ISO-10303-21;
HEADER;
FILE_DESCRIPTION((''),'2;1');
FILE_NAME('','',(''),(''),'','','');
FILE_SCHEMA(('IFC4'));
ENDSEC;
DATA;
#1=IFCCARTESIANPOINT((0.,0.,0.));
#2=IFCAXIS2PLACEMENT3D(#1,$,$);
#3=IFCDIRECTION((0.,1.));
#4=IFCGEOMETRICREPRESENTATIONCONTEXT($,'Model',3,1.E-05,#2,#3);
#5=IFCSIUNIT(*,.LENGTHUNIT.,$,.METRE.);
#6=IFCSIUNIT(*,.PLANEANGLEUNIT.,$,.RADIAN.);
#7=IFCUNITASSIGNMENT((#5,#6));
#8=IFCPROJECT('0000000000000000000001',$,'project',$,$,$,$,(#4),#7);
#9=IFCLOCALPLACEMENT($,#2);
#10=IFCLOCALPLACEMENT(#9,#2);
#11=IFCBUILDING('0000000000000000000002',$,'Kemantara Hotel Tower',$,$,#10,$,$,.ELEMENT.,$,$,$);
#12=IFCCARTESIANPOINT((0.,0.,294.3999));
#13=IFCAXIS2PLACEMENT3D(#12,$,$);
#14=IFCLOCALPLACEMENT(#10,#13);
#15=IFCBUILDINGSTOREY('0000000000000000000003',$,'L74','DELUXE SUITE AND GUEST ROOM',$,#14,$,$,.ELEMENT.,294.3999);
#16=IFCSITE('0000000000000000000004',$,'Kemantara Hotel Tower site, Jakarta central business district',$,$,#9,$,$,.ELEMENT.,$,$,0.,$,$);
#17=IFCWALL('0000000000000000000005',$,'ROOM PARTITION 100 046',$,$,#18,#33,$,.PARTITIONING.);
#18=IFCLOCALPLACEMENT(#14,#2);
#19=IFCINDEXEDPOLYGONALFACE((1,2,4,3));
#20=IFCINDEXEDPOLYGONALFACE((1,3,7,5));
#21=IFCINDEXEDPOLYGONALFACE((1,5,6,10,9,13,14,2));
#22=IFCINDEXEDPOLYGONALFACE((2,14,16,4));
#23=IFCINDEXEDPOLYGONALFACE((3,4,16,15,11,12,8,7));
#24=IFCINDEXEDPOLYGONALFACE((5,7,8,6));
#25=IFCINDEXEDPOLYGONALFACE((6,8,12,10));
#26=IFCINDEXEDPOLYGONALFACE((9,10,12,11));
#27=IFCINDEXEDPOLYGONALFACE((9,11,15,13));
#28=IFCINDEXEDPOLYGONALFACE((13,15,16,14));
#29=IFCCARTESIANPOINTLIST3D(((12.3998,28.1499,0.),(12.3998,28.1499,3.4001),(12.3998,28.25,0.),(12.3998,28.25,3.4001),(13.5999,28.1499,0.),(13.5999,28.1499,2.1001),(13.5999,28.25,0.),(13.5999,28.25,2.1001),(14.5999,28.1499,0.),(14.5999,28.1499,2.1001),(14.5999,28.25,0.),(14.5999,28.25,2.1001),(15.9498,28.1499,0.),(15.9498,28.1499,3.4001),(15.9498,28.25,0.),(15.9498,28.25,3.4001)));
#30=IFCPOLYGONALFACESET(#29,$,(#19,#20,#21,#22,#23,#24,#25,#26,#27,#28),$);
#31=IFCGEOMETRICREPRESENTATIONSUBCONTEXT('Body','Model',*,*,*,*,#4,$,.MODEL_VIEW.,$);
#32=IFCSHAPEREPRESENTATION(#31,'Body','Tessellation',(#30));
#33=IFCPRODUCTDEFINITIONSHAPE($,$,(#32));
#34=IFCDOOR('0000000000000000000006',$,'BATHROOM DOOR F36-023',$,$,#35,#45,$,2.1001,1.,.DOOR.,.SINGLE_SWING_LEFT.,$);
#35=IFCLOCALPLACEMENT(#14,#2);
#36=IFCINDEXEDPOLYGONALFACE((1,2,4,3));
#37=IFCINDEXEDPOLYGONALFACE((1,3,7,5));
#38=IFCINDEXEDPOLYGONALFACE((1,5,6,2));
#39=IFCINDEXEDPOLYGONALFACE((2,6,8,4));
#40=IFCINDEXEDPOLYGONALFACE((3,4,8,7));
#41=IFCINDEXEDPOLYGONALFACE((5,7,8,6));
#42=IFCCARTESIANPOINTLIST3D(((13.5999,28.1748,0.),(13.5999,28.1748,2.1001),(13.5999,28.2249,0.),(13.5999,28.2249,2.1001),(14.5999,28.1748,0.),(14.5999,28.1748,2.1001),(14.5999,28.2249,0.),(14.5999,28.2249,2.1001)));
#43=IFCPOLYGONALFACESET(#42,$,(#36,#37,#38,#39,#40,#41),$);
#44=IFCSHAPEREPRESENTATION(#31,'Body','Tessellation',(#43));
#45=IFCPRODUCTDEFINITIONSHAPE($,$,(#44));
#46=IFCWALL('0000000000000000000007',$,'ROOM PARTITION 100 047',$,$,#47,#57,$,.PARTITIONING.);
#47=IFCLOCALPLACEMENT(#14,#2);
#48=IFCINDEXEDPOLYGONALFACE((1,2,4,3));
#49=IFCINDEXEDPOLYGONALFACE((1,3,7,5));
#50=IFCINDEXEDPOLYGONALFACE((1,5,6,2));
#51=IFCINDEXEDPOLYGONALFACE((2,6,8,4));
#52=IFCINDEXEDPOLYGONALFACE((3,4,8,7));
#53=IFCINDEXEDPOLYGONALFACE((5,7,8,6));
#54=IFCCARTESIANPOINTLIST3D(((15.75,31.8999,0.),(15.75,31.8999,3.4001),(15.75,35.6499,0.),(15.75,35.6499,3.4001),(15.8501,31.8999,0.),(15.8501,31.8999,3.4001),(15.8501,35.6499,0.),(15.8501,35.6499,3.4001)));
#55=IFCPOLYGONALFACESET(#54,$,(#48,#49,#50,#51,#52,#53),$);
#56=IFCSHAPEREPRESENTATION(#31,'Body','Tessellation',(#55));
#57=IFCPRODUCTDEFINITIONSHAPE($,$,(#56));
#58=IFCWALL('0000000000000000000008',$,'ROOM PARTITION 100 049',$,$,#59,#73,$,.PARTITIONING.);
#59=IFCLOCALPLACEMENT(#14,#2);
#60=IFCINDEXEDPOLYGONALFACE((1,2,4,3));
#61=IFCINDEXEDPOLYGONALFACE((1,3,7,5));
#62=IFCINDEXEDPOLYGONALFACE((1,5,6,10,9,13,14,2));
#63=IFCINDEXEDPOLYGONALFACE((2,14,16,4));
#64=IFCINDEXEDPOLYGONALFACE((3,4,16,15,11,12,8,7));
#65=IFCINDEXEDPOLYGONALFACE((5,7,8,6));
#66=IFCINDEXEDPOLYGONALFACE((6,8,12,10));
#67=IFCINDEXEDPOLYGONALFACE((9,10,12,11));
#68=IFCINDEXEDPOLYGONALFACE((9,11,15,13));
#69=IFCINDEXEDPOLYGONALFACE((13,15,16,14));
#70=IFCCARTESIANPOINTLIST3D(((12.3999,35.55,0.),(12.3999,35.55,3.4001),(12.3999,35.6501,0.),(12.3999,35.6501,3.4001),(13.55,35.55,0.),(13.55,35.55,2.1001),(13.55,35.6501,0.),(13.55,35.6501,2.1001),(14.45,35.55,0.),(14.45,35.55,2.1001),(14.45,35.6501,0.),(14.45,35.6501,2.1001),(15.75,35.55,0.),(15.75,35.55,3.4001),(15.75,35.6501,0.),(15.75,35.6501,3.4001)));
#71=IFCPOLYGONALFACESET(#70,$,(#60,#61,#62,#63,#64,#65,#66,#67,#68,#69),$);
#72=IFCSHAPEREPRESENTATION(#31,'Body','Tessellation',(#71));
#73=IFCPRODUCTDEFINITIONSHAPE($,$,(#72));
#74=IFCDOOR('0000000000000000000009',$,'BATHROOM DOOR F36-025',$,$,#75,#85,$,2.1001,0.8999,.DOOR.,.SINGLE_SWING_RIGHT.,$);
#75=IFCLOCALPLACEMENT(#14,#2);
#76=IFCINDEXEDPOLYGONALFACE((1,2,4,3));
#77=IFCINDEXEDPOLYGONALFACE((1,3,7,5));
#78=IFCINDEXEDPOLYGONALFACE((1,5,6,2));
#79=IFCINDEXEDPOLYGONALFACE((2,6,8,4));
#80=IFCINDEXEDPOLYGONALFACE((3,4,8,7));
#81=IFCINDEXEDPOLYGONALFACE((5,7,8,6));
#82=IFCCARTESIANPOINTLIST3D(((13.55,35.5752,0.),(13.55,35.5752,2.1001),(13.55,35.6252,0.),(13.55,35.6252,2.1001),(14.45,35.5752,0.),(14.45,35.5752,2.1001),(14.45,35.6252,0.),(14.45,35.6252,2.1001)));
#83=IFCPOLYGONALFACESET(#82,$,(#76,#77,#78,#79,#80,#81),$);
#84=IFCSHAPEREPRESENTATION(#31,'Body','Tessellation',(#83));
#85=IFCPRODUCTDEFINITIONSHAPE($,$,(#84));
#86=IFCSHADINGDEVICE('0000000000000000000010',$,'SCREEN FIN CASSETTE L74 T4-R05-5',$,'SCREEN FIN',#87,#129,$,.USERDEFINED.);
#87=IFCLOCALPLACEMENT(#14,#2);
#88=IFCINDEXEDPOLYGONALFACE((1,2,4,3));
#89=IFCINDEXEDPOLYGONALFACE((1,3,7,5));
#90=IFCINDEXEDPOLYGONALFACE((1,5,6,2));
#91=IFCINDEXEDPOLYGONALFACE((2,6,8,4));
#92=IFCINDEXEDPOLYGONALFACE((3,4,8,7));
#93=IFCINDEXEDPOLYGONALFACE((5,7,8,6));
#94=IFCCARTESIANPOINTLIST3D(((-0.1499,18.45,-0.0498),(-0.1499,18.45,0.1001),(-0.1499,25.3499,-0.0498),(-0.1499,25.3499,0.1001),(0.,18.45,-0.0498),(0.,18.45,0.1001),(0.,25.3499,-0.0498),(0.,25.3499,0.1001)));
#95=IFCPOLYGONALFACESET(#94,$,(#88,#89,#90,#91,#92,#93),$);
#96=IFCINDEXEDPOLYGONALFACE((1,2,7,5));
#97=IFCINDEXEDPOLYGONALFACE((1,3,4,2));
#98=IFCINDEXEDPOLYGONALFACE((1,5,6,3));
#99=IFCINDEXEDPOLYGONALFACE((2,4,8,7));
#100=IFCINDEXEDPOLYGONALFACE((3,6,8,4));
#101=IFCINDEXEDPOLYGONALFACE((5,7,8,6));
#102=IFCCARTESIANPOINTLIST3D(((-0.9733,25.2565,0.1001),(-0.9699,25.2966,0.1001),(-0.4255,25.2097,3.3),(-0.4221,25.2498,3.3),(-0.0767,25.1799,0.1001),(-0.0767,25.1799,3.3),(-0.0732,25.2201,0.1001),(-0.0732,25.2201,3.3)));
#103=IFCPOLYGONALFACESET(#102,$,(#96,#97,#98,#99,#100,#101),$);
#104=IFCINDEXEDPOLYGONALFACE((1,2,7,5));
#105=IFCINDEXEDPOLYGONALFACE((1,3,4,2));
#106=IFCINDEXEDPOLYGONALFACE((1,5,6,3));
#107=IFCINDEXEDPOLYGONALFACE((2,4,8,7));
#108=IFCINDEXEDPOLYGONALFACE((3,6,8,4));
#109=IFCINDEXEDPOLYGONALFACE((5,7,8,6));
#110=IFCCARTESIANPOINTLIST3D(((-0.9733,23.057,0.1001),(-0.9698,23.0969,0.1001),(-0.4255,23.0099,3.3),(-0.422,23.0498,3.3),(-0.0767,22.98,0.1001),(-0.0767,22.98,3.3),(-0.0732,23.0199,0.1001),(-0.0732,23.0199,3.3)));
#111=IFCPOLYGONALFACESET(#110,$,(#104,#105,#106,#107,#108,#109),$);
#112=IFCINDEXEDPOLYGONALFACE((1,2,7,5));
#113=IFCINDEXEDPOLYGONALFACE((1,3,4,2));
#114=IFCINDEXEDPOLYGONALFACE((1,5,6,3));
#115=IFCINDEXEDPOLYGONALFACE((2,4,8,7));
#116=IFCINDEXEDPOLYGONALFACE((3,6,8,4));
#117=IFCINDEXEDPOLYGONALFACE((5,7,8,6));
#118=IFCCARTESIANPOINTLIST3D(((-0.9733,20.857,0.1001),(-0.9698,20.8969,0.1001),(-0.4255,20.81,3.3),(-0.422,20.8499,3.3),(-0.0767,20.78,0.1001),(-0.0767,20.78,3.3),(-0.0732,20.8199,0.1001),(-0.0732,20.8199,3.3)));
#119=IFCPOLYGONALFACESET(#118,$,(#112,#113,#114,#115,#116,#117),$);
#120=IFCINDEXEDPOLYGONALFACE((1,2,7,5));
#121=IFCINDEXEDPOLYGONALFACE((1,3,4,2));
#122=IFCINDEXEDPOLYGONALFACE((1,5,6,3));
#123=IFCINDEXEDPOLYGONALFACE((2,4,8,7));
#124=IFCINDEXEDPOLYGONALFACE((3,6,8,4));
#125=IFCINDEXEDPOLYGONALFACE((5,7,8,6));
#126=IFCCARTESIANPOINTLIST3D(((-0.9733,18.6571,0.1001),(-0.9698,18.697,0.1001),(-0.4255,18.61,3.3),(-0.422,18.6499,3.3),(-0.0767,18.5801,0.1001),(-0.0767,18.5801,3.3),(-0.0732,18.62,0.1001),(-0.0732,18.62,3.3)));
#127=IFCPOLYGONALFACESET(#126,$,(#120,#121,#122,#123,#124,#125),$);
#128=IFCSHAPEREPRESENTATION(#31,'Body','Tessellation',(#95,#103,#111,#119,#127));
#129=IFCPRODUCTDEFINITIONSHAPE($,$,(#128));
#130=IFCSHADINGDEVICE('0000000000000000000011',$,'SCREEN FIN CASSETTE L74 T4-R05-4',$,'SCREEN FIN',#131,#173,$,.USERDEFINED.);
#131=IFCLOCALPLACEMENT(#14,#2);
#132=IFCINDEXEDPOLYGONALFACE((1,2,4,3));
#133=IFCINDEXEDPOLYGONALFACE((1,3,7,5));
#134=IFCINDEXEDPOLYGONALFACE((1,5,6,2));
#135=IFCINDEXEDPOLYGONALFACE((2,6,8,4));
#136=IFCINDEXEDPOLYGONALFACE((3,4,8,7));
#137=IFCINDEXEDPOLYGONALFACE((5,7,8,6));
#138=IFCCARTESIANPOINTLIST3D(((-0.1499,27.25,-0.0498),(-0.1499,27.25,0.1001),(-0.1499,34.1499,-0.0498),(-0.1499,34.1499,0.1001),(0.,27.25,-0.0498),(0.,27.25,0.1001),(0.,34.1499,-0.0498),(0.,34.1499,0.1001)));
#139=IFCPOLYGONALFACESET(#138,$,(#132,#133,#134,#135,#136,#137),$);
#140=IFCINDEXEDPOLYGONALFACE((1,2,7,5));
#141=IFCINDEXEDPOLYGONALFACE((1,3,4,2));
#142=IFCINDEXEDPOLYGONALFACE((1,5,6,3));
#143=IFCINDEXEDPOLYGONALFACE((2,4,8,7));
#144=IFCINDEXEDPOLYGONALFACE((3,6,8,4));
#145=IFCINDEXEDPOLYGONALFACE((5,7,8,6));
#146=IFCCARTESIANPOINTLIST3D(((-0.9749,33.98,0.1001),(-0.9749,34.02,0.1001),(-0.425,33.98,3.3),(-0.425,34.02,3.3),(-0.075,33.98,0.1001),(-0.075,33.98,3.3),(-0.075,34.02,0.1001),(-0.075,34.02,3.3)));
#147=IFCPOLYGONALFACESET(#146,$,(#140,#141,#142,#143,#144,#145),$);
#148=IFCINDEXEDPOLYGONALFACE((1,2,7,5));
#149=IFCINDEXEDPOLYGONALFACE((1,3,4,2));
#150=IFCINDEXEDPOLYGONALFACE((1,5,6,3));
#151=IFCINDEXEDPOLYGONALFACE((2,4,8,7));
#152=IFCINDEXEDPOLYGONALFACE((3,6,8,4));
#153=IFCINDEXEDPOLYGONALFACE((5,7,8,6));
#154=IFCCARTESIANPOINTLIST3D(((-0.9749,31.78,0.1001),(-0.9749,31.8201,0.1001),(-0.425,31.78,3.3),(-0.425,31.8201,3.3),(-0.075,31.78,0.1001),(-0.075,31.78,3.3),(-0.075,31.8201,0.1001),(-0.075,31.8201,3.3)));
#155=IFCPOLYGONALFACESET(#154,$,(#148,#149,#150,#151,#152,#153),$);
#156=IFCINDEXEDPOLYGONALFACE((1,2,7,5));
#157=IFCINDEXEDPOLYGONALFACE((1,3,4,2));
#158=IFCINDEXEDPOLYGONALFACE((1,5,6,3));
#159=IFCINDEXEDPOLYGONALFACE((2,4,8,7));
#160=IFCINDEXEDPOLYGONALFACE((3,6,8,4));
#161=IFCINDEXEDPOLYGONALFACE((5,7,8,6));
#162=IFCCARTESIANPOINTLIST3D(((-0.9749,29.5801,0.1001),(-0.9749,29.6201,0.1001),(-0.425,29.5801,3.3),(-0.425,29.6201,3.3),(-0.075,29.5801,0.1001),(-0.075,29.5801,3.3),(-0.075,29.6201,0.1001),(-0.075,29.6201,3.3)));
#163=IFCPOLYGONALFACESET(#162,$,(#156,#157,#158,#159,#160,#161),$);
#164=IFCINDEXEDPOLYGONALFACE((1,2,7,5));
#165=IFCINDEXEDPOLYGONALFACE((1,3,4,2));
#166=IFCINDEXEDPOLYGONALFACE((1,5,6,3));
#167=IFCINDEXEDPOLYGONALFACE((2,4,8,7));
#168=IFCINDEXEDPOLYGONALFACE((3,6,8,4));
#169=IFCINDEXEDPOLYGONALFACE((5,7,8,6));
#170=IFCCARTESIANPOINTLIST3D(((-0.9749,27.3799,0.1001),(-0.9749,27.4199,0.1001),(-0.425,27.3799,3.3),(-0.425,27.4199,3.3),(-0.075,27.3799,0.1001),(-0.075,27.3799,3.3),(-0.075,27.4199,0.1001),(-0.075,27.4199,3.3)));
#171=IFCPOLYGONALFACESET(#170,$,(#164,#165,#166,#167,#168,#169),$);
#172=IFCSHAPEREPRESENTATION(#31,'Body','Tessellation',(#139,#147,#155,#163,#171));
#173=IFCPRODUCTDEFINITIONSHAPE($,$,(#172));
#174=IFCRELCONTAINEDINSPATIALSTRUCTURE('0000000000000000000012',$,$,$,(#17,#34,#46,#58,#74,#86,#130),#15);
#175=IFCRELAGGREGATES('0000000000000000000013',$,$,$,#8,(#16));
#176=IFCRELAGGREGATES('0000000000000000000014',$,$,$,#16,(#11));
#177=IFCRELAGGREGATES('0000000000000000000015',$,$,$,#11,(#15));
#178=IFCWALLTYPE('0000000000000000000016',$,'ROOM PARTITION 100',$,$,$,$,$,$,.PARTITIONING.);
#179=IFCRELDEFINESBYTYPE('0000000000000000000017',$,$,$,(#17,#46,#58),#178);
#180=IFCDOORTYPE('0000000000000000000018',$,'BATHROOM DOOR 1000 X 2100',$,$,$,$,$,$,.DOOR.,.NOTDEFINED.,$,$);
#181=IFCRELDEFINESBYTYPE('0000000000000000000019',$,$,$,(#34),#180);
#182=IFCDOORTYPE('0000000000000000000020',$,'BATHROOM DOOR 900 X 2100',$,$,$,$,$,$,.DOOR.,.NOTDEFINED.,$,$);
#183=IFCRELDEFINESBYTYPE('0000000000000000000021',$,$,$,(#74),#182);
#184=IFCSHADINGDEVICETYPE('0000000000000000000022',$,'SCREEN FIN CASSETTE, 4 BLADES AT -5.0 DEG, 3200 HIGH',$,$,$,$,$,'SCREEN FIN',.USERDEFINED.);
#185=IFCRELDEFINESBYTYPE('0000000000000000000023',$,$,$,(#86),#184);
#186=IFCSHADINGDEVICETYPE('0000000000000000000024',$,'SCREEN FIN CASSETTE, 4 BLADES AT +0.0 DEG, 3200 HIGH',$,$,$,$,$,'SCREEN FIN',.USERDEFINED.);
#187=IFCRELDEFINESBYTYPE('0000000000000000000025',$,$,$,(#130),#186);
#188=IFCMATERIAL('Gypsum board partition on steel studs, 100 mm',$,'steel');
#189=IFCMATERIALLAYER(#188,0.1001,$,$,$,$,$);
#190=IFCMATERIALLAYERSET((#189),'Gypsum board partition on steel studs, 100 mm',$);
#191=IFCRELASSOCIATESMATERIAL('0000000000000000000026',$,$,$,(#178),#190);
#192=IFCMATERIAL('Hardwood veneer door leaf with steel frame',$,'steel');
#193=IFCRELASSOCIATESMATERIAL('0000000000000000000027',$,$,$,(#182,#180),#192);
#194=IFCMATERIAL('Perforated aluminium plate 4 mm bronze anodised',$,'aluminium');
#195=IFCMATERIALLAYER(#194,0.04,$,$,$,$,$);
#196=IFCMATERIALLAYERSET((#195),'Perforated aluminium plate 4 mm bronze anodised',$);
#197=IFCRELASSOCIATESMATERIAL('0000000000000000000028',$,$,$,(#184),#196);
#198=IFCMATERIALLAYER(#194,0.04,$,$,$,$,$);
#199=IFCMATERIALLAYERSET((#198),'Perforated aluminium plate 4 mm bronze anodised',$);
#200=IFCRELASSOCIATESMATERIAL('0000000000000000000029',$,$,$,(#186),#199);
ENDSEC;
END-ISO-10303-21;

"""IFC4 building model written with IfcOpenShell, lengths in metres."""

from ifc_helpers import new_model, si_unit, direction, frame, frame_2d, origin, origin_2d, place, context, subcontext, project, spatial, polyline, rectangle, outline, extrude, source, transform, mapped, material, layer, layer_set, type_object, element, fill, save


model = new_model("IFC4")

# Units and contexts
model_context = context("Model", 3, precision=1e-05, world=origin(), true_north=direction((0.0, 1.0)))
body_context = subcontext(model_context, "Body", "Model", "MODEL_VIEW")
ifc_project = project(units=[si_unit("LENGTHUNIT", "METRE"), si_unit("PLANEANGLEUNIT", "RADIAN")], contexts=[model_context])

# Site, building, storey
site_placement = place(None, origin())
site = spatial("IfcSite", under=ifc_project, at=site_placement, Name="Kemantara Hotel Tower site, Jakarta central business district", CompositionType="ELEMENT", RefElevation=0.0)
building_placement = place(site_placement, origin())
building = spatial("IfcBuilding", under=site, at=building_placement, Name="Kemantara Hotel Tower", CompositionType="ELEMENT")
storey_placement = place(building_placement, frame((0.0, 0.0, 294.3999)))
storey = spatial("IfcBuildingStorey", under=building, at=storey_placement, Name="L74", Description="DELUXE SUITE AND GUEST ROOM", CompositionType="ELEMENT", Elevation=294.3999)

# Shared definitions
ifc_material_1 = material(Name="Hardwood veneer door leaf with steel frame", Category="steel")

# Wall, opening, door
ifc_material_2 = material(Name="Gypsum board partition on steel studs, 100 mm", Category="steel")
ifc_layer_1 = layer(ifc_material_2, 0.1001)
ifc_layer_set_1 = layer_set([ifc_layer_1], Name="Gypsum board partition on steel studs, 100 mm")
wall_type_1 = type_object("IfcWallType", Name="ROOM PARTITION 100", PredefinedType="PARTITIONING", material=ifc_layer_set_1)
door_type_1 = type_object("IfcDoorType", Name="BATHROOM DOOR 900 X 2100", OperationType="NOTDEFINED", PredefinedType="DOOR", material=ifc_material_1)
wall_1_placement = place(storey_placement, frame((12.3999, 28.2, 0.0), z_axis=(0.0, 0.0, 1.0), x_axis=(1.0, 0.0, 0.0)))
wall_1 = element("IfcWall", 1, at=wall_1_placement, inside=storey, type_object=wall_type_1, Name="ROOM PARTITION 100 046", PredefinedType="PARTITIONING", context=body_context, shape_type="SweptSolid", body=[
    extrude(rectangle(XDim=3.55, YDim=0.1001, at=frame_2d((1.7749, 0.0))), origin(), (0.0, 0.0, 1.0), 3.4001),
])
opening_1_placement = place(wall_1_placement, frame((1.2, 0.0, 0.0)))
opening_1 = element("IfcOpeningElement", 2, at=opening_1_placement, cuts=wall_1, PredefinedType="OPENING", context=body_context, shape_type="SweptSolid", body=[
    extrude(rectangle(XDim=1.0, YDim=2.1001, at=frame_2d((0.5, 1.05))), frame((0.0, 0.0601, 0.0), z_axis=(0.0, -1.0, 0.0), x_axis=(1.0, 0.0, 0.0)), (0.0, 0.0, 1.0), 0.1201),
])
door_type_2 = type_object("IfcDoorType", Name="BATHROOM DOOR 1000 X 2100", OperationType="NOTDEFINED", PredefinedType="DOOR", material=ifc_material_1)
door_1_placement = place(opening_1_placement, origin())
door_1 = element("IfcDoor", 3, at=door_1_placement, inside=storey, type_object=door_type_2, Name="BATHROOM DOOR F36-023", OperationType="SINGLE_SWING_LEFT", OverallHeight=2.1001, OverallWidth=1.0, PredefinedType="DOOR", context=body_context, shape_type="SweptSolid", body=[
    extrude(rectangle(XDim=1.0, YDim=2.1001, at=frame_2d((0.5, 1.05))), frame((0.0, 0.0249, 0.0), z_axis=(0.0, -1.0, 0.0), x_axis=(1.0, 0.0, 0.0)), (0.0, 0.0, 1.0), 0.05),
])
fill(opening_1, door_1)

# Wall
wall_2_placement = place(storey_placement, frame((15.8, 31.8999, 0.0), z_axis=(0.0, 0.0, 1.0), x_axis=(0.0, 1.0, 0.0)))
element("IfcWall", 4, at=wall_2_placement, inside=storey, type_object=wall_type_1, Name="ROOM PARTITION 100 047", PredefinedType="PARTITIONING", context=body_context, shape_type="SweptSolid", body=[
    extrude(rectangle(XDim=3.75, YDim=0.1001, at=frame_2d((1.875, 0.0))), origin(), (0.0, 0.0, 1.0), 3.4001),
])

# Wall, opening, door
wall_3_placement = place(storey_placement, frame((15.75, 35.6001, 0.0), z_axis=(0.0, 0.0, 1.0), x_axis=(-1.0, 0.0, 0.0)))
wall_3 = element("IfcWall", 5, at=wall_3_placement, inside=storey, type_object=wall_type_1, Name="ROOM PARTITION 100 049", PredefinedType="PARTITIONING", context=body_context, shape_type="SweptSolid", body=[
    extrude(rectangle(XDim=3.3501, YDim=0.1001, at=frame_2d((1.675, 0.0))), origin(), (0.0, 0.0, 1.0), 3.4001),
])
opening_2_placement = place(wall_3_placement, frame((1.3, 0.0, 0.0)))
opening_2 = element("IfcOpeningElement", 6, at=opening_2_placement, cuts=wall_3, PredefinedType="OPENING", context=body_context, shape_type="SweptSolid", body=[
    extrude(rectangle(XDim=0.8999, YDim=2.1001, at=frame_2d((0.45, 1.05))), frame((0.0, 0.0601, 0.0), z_axis=(0.0, -1.0, 0.0), x_axis=(1.0, 0.0, 0.0)), (0.0, 0.0, 1.0), 0.1201),
])
door_2_placement = place(opening_2_placement, origin())
door_2 = element("IfcDoor", 7, at=door_2_placement, inside=storey, type_object=door_type_1, Name="BATHROOM DOOR F36-025", OperationType="SINGLE_SWING_RIGHT", OverallHeight=2.1001, OverallWidth=0.8999, PredefinedType="DOOR", context=body_context, shape_type="SweptSolid", body=[
    extrude(rectangle(XDim=0.8999, YDim=2.1001, at=frame_2d((0.45, 1.05))), frame((0.0, 0.0249, 0.0), z_axis=(0.0, -1.0, 0.0), x_axis=(1.0, 0.0, 0.0)), (0.0, 0.0, 1.0), 0.05),
])
fill(opening_2, door_2)

# Shading devices
ifc_material_3 = material(Name="Perforated aluminium plate 4 mm bronze anodised", Category="aluminium")
ifc_layer_2 = layer(ifc_material_3, 0.04)
ifc_layer_set_2 = layer_set([ifc_layer_2], Name="Perforated aluminium plate 4 mm bronze anodised")
shading_device_type_1 = type_object("IfcShadingDeviceType", Name="SCREEN FIN CASSETTE, 4 BLADES AT -5.0 DEG, 3200 HIGH", ElementType="SCREEN FIN", PredefinedType="USERDEFINED", material=ifc_layer_set_2)
shared_shape_1 = source(origin(), body_context, "Body", "SweptSolid", [
    extrude(rectangle(XDim=6.8999, YDim=0.1499, at=origin_2d()), frame((3.3, -0.075, -0.1499), z_axis=(0.0, 0.0, 1.0), x_axis=(1.0, 0.0, 0.0)), (0.0, 0.0, 1.0), 0.1499),
    extrude(outline(polyline([(0.0, 0.0), (0.8999, 0.0), (0.3501, 3.2), (0.0, 3.2), (0.0, 0.0)])), frame((0.02, -0.0767, 0.0), z_axis=(-0.996376, 0.085056, 0.0), x_axis=(-0.085056, -0.996376, 0.0)), (0.0, 0.0, 1.0), 0.0403),
    extrude(outline(polyline([(0.0, 0.0), (0.8999, 0.0), (0.3501, 3.2), (0.0, 3.2), (0.0, 0.0)])), frame((2.22, -0.0767, 0.0), z_axis=(-0.996332, 0.085575, 0.0), x_axis=(-0.085575, -0.996332, 0.0)), (0.0, 0.0, 1.0), 0.04),
    extrude(outline(polyline([(0.0, 0.0), (0.8999, 0.0), (0.3501, 3.2), (0.0, 3.2), (0.0, 0.0)])), frame((4.4199, -0.0767, 0.0), z_axis=(-0.996332, 0.085575, 0.0), x_axis=(-0.085575, -0.996332, 0.0)), (0.0, 0.0, 1.0), 0.04),
    extrude(outline(polyline([(0.0, 0.0), (0.8999, 0.0), (0.3501, 3.2), (0.0, 3.2), (0.0, 0.0)])), frame((6.6199, -0.0767, 0.0), z_axis=(-0.996332, 0.085575, 0.0), x_axis=(-0.085575, -0.996332, 0.0)), (0.0, 0.0, 1.0), 0.04),
])
shading_device_1_placement = place(storey_placement, frame((0.0, 25.2, 0.1001), z_axis=(0.0, 0.0, 1.0), x_axis=(0.0, -1.0, 0.0)))
element("IfcShadingDevice", 8, at=shading_device_1_placement, inside=storey, type_object=shading_device_type_1, Name="SCREEN FIN CASSETTE L74 T4-R05-5", ObjectType="SCREEN FIN", PredefinedType="USERDEFINED", context=body_context, shape_type="MappedRepresentation", body=[
    mapped(shared_shape_1, transform((0.0, 0.0, 0.0))),
])
ifc_layer_3 = layer(ifc_material_3, 0.04)
ifc_layer_set_3 = layer_set([ifc_layer_3], Name="Perforated aluminium plate 4 mm bronze anodised")
shading_device_type_2 = type_object("IfcShadingDeviceType", Name="SCREEN FIN CASSETTE, 4 BLADES AT +0.0 DEG, 3200 HIGH", ElementType="SCREEN FIN", PredefinedType="USERDEFINED", material=ifc_layer_set_3)
shared_shape_2 = source(origin(), body_context, "Body", "SweptSolid", [
    extrude(rectangle(XDim=6.8999, YDim=0.1499, at=origin_2d()), frame((3.3, -0.075, -0.1499), z_axis=(0.0, 0.0, 1.0), x_axis=(1.0, 0.0, 0.0)), (0.0, 0.0, 1.0), 0.1499),
    extrude(outline(polyline([(0.0, 0.0), (0.8999, 0.0), (0.3501, 3.2), (0.0, 3.2), (0.0, 0.0)])), frame((0.02, -0.075, 0.0), z_axis=(-1.0, 0.0, 0.0), x_axis=(0.0, -1.0, 0.0)), (0.0, 0.0, 1.0), 0.04),
    extrude(outline(polyline([(0.0, 0.0), (0.8999, 0.0), (0.3501, 3.2), (0.0, 3.2), (0.0, 0.0)])), frame((2.22, -0.075, 0.0), z_axis=(-1.0, 0.0, 0.0), x_axis=(0.0, -1.0, 0.0)), (0.0, 0.0, 1.0), 0.04),
    extrude(outline(polyline([(0.0, 0.0), (0.8999, 0.0), (0.3501, 3.2), (0.0, 3.2), (0.0, 0.0)])), frame((4.4199, -0.075, 0.0), z_axis=(-1.0, 0.0, 0.0), x_axis=(0.0, -1.0, 0.0)), (0.0, 0.0, 1.0), 0.04),
    extrude(outline(polyline([(0.0, 0.0), (0.8999, 0.0), (0.3501, 3.2), (0.0, 3.2), (0.0, 0.0)])), frame((6.6201, -0.075, 0.0), z_axis=(-1.0, 0.0, 0.0), x_axis=(0.0, -1.0, 0.0)), (0.0, 0.0, 1.0), 0.04),
])
shading_device_2_placement = place(storey_placement, frame((0.0, 34.0, 0.1001), z_axis=(0.0, 0.0, 1.0), x_axis=(0.0, -1.0, 0.0)))
element("IfcShadingDevice", 9, at=shading_device_2_placement, inside=storey, type_object=shading_device_type_2, Name="SCREEN FIN CASSETTE L74 T4-R05-4", ObjectType="SCREEN FIN", PredefinedType="USERDEFINED", context=body_context, shape_type="MappedRepresentation", body=[
    mapped(shared_shape_2, transform((0.0, 0.0, 0.0))),
])

save(model, "model.ifc")
